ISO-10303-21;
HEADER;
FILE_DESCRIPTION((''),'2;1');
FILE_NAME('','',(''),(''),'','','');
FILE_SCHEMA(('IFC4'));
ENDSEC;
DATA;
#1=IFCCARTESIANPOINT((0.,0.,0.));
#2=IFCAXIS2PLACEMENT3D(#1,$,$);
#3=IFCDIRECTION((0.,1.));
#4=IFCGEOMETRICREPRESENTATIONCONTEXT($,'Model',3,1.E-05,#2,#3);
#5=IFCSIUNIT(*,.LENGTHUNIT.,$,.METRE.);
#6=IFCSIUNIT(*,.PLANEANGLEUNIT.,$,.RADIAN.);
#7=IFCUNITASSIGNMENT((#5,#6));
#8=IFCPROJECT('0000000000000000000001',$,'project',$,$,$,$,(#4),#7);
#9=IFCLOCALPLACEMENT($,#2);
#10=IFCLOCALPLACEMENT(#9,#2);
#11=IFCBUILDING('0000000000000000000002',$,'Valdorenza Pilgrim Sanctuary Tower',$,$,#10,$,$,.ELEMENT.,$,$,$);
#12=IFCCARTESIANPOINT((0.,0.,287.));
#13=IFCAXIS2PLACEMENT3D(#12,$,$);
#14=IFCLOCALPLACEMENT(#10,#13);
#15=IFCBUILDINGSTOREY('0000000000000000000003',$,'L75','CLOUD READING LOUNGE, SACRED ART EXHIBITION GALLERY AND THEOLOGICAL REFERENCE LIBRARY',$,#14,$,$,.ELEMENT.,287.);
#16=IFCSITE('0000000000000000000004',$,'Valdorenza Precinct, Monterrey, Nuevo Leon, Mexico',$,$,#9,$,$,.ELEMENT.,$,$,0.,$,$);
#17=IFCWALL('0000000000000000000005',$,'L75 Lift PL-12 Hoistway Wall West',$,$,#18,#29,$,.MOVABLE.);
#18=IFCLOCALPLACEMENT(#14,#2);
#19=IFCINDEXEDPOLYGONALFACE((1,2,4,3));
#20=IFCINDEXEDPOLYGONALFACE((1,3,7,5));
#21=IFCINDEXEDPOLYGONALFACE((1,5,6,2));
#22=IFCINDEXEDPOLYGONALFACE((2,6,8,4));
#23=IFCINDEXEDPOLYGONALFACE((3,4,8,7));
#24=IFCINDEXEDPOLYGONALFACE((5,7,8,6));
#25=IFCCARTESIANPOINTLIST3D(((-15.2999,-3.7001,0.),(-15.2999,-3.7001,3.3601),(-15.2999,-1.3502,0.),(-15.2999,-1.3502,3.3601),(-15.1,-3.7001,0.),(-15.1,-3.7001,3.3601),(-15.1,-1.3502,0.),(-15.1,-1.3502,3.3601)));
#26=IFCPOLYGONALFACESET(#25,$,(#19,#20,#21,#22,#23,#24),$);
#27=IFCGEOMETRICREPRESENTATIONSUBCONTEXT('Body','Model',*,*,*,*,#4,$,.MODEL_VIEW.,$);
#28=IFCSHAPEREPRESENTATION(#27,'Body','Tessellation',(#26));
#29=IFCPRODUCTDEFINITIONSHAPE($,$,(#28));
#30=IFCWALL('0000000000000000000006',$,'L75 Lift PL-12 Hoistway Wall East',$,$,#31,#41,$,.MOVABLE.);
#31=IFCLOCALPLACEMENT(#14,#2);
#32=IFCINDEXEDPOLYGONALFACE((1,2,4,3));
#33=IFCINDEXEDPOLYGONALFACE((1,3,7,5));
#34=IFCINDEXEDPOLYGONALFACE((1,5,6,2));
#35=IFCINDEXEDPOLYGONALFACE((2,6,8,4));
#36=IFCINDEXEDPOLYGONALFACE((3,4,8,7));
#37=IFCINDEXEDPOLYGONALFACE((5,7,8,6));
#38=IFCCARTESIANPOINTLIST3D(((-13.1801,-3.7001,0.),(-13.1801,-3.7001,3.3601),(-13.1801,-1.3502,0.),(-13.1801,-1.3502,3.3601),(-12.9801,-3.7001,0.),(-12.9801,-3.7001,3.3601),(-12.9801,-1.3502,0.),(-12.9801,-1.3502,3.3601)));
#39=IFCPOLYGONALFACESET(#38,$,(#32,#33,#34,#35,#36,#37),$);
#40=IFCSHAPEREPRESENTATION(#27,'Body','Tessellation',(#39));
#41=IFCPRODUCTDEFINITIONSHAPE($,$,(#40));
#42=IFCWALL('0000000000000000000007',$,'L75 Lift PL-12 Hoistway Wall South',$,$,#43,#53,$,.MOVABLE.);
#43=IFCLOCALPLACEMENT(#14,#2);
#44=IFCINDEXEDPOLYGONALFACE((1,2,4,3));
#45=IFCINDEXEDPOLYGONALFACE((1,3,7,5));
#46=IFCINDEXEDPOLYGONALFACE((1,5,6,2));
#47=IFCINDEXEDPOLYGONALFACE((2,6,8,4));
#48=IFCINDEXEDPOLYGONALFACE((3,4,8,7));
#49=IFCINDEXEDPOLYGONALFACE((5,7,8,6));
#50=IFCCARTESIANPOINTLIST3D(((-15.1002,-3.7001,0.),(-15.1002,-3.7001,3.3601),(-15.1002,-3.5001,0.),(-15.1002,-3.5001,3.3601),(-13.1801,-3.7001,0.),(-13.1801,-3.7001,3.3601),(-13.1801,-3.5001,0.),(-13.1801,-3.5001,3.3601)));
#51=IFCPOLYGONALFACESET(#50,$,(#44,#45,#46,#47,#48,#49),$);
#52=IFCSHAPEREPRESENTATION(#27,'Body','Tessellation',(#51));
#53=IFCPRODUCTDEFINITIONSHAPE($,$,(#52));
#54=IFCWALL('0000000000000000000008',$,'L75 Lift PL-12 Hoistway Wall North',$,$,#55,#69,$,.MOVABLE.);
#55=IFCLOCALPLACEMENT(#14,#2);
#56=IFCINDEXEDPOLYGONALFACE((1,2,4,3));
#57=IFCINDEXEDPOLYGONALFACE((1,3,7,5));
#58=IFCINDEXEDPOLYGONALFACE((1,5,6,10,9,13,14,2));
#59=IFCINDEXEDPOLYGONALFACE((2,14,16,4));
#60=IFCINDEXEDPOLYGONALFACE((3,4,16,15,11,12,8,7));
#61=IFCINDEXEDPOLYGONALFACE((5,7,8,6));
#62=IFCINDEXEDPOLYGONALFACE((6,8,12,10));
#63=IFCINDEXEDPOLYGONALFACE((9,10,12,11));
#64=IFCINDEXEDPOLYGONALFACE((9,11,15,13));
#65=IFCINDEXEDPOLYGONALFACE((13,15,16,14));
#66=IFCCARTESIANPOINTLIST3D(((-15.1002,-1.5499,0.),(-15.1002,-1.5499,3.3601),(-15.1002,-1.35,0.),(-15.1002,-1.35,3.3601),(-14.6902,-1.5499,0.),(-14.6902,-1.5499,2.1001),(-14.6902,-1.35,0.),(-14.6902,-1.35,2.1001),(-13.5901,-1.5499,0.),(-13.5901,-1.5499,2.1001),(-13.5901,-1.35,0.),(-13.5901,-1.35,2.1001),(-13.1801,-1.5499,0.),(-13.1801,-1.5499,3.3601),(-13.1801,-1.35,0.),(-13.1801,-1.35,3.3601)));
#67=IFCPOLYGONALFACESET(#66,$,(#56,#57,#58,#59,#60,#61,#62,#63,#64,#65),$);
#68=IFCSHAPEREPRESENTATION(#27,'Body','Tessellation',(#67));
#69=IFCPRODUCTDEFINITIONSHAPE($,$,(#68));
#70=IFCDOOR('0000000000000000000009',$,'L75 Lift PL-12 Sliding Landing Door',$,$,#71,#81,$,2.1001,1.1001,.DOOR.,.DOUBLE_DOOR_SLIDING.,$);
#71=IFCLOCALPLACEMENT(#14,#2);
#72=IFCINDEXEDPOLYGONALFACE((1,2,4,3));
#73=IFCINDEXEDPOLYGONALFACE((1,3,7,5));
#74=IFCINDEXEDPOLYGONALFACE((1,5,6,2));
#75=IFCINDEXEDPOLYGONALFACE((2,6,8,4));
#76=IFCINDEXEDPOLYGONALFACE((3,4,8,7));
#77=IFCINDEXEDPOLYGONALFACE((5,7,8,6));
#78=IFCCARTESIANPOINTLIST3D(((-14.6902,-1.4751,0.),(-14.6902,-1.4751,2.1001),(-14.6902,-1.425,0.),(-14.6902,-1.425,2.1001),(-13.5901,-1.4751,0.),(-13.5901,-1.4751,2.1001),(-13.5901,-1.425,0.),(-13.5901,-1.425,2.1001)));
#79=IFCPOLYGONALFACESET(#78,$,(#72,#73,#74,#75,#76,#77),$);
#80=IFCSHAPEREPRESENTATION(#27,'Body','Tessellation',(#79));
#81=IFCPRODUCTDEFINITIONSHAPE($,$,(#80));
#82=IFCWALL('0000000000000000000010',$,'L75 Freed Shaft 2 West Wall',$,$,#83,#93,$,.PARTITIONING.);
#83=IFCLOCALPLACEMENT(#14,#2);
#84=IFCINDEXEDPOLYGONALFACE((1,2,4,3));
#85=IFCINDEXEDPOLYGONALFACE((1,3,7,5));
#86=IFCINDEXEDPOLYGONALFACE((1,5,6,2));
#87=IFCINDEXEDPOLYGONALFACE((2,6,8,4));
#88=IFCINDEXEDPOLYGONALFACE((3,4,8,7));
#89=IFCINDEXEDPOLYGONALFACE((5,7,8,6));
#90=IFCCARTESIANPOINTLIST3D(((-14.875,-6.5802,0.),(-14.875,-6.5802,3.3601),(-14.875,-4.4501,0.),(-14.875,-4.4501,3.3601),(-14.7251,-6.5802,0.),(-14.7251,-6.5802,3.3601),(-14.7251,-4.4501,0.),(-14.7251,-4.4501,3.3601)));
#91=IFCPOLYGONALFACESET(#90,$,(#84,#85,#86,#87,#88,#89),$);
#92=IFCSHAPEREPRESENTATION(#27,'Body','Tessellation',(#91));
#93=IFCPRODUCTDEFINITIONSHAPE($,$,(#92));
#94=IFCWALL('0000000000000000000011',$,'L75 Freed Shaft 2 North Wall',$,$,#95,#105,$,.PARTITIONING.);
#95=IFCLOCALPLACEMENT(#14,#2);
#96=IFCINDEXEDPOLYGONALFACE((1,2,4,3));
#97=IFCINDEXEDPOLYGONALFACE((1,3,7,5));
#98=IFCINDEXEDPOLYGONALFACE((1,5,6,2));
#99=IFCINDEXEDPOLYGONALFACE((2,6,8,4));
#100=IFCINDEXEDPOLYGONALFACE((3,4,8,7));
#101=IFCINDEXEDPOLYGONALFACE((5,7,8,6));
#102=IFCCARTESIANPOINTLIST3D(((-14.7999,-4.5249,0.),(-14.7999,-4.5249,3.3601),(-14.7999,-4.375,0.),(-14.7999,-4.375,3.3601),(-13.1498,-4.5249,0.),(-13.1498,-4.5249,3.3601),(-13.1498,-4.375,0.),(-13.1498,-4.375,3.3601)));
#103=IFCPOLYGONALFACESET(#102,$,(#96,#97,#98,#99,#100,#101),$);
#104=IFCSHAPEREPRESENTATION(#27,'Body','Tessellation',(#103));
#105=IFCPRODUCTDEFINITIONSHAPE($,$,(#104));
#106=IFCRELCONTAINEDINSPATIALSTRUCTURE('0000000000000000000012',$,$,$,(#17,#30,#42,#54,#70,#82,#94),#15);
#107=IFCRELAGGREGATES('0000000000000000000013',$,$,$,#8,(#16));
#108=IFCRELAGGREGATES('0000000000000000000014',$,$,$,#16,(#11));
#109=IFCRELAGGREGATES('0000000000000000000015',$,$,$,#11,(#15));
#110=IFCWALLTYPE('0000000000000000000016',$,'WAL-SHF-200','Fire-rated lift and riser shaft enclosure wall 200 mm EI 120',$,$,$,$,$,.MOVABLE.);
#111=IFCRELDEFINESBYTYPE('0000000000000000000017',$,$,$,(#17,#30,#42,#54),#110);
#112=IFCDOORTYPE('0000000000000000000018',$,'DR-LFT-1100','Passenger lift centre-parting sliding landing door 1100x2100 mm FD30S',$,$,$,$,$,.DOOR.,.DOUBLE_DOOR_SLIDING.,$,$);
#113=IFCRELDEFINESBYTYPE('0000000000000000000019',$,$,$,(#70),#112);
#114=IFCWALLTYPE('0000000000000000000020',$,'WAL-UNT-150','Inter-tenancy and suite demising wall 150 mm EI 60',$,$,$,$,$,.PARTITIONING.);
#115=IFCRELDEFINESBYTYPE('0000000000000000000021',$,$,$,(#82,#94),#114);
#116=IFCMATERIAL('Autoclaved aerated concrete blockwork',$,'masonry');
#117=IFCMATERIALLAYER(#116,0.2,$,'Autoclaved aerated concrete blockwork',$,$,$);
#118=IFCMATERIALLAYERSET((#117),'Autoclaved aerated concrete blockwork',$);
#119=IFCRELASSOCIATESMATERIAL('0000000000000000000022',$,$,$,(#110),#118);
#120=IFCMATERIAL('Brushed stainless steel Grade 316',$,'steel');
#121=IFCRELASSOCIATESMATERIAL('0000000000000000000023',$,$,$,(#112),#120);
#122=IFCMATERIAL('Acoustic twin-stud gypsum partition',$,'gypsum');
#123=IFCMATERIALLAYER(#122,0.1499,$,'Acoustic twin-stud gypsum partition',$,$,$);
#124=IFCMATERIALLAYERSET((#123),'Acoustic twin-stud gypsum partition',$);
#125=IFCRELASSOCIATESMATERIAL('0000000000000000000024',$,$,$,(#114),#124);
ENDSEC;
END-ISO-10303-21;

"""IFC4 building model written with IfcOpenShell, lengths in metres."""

from ifc_helpers import new_model, si_unit, direction, frame, frame_2d, origin, place, context, subcontext, project, spatial, rectangle, extrude, material, layer, layer_set, type_object, element, fill, save


model = new_model("IFC4")

# Units and contexts
model_context = context("Model", 3, precision=1e-05, world=origin(), true_north=direction((0.0, 1.0)))
body_context = subcontext(model_context, "Body", "Model", "MODEL_VIEW")
ifc_project = project(units=[si_unit("LENGTHUNIT", "METRE"), si_unit("PLANEANGLEUNIT", "RADIAN")], contexts=[model_context])

# Site, building, storey
site_placement = place(None, origin())
site = spatial("IfcSite", under=ifc_project, at=site_placement, Name="Valdorenza Precinct, Monterrey, Nuevo Leon, Mexico", CompositionType="ELEMENT", RefElevation=0.0)
building_placement = place(site_placement, origin())
building = spatial("IfcBuilding", under=site, at=building_placement, Name="Valdorenza Pilgrim Sanctuary Tower", CompositionType="ELEMENT")
storey_placement = place(building_placement, frame((0.0, 0.0, 287.0)))
storey = spatial("IfcBuildingStorey", under=building, at=storey_placement, Name="L75", Description="CLOUD READING LOUNGE, SACRED ART EXHIBITION GALLERY AND THEOLOGICAL REFERENCE LIBRARY", CompositionType="ELEMENT", Elevation=287.0)

# Shared definitions
ifc_material_1 = material(Name="Acoustic twin-stud gypsum partition", Category="gypsum")

# Shared definitions
ifc_material_2 = material(Name="Autoclaved aerated concrete blockwork", Category="masonry")
ifc_layer_1 = layer(ifc_material_2, 0.2, Name="Autoclaved aerated concrete blockwork")
ifc_layer_set_1 = layer_set([ifc_layer_1], Name="Autoclaved aerated concrete blockwork")
wall_type_1 = type_object("IfcWallType", Name="WAL-SHF-200", Description="Fire-rated lift and riser shaft enclosure wall 200 mm EI 120", PredefinedType="MOVABLE", material=ifc_layer_set_1)

# Shared definitions
ifc_material_3 = material(Name="Brushed stainless steel Grade 316", Category="steel")
door_type_1 = type_object("IfcDoorType", Name="DR-LFT-1100", Description="Passenger lift centre-parting sliding landing door 1100x2100 mm FD30S", OperationType="DOUBLE_DOOR_SLIDING", PredefinedType="DOOR", material=ifc_material_3)

# Walls
for number, where, z_axis, x_axis, name in (
    (1, (-15.2, -3.7, 0.0), (0.0, 0.0, 1.0), (0.0, 1.0, 0.0), "L75 Lift PL-12 Hoistway Wall West"),
    (2, (-13.0801, -3.7, 0.0), (0.0, 0.0, 1.0), (0.0, 1.0, 0.0), "L75 Lift PL-12 Hoistway Wall East"),
):
    element("IfcWall", number, at=place(storey_placement, frame(where, z_axis=z_axis, x_axis=x_axis)), inside=storey, type_object=wall_type_1, Name=name, PredefinedType="MOVABLE", context=body_context, shape_type="SweptSolid", body=[
        extrude(rectangle(XDim=2.3499, YDim=0.2, at=frame_2d((1.1748, 0.0))), origin(), (0.0, 0.0, 1.0), 3.3601),
    ])
wall_1_placement = place(storey_placement, frame((-15.1001, -3.6001, 0.0), z_axis=(0.0, 0.0, 1.0), x_axis=(1.0, 0.0, 0.0)))
element("IfcWall", 3, at=wall_1_placement, inside=storey, type_object=wall_type_1, Name="L75 Lift PL-12 Hoistway Wall South", PredefinedType="MOVABLE", context=body_context, shape_type="SweptSolid", body=[
    extrude(rectangle(XDim=1.9202, YDim=0.2, at=frame_2d((0.96, 0.0))), origin(), (0.0, 0.0, 1.0), 3.3601),
])

# Wall, opening, door
wall_2_placement = place(storey_placement, frame((-15.1001, -1.45, 0.0), z_axis=(0.0, 0.0, 1.0), x_axis=(1.0, 0.0, 0.0)))
wall_2 = element("IfcWall", 4, at=wall_2_placement, inside=storey, type_object=wall_type_1, Name="L75 Lift PL-12 Hoistway Wall North", PredefinedType="MOVABLE", context=body_context, shape_type="SweptSolid", body=[
    extrude(rectangle(XDim=1.9202, YDim=0.2, at=frame_2d((0.96, 0.0))), origin(), (0.0, 0.0, 1.0), 3.3601),
])
opening_1_placement = place(wall_2_placement, frame((0.4099, 0.0, 0.0)))
opening_1 = element("IfcOpeningElement", 5, at=opening_1_placement, cuts=wall_2, PredefinedType="OPENING", context=body_context, shape_type="SweptSolid", body=[
    extrude(rectangle(XDim=1.1001, YDim=2.1001, at=frame_2d((0.55, 1.05))), frame((0.0, 0.1147, 0.0), z_axis=(0.0, -1.0, 0.0), x_axis=(1.0, 0.0, 0.0)), (0.0, 0.0, 1.0), 0.2297),
])
door_1_placement = place(opening_1_placement, origin())
door_1 = element("IfcDoor", 6, at=door_1_placement, inside=storey, type_object=door_type_1, Name="L75 Lift PL-12 Sliding Landing Door", OperationType="DOUBLE_DOOR_SLIDING", OverallHeight=2.1001, OverallWidth=1.1001, PredefinedType="DOOR", context=body_context, shape_type="SweptSolid", body=[
    extrude(rectangle(XDim=1.1001, YDim=2.1001, at=frame_2d((0.55, 1.05))), frame((0.0, 0.0249, 0.0), z_axis=(0.0, -1.0, 0.0), x_axis=(1.0, 0.0, 0.0)), (0.0, 0.0, 1.0), 0.05),
])
fill(opening_1, door_1)

# Walls
ifc_layer_2 = layer(ifc_material_1, 0.1499, Name="Acoustic twin-stud gypsum partition")
ifc_layer_set_2 = layer_set([ifc_layer_2], Name="Acoustic twin-stud gypsum partition")
wall_type_2 = type_object("IfcWallType", Name="WAL-UNT-150", Description="Inter-tenancy and suite demising wall 150 mm EI 60", PredefinedType="PARTITIONING", material=ifc_layer_set_2)
wall_3_placement = place(storey_placement, frame((-14.8, -6.5801, 0.0), z_axis=(0.0, 0.0, 1.0), x_axis=(0.0, 1.0, 0.0)))
element("IfcWall", 7, at=wall_3_placement, inside=storey, type_object=wall_type_2, Name="L75 Freed Shaft 2 West Wall", PredefinedType="PARTITIONING", context=body_context, shape_type="SweptSolid", body=[
    extrude(rectangle(XDim=2.1301, YDim=0.1499, at=frame_2d((1.0649, 0.0))), origin(), (0.0, 0.0, 1.0), 3.3601),
])
wall_4_placement = place(storey_placement, frame((-14.8, -4.45, 0.0), z_axis=(0.0, 0.0, 1.0), x_axis=(1.0, 0.0, 0.0)))
element("IfcWall", 8, at=wall_4_placement, inside=storey, type_object=wall_type_2, Name="L75 Freed Shaft 2 North Wall", PredefinedType="PARTITIONING", context=body_context, shape_type="SweptSolid", body=[
    extrude(rectangle(XDim=1.6501, YDim=0.1499, at=frame_2d((0.8252, 0.0))), origin(), (0.0, 0.0, 1.0), 3.3601),
])

save(model, "model.ifc")
